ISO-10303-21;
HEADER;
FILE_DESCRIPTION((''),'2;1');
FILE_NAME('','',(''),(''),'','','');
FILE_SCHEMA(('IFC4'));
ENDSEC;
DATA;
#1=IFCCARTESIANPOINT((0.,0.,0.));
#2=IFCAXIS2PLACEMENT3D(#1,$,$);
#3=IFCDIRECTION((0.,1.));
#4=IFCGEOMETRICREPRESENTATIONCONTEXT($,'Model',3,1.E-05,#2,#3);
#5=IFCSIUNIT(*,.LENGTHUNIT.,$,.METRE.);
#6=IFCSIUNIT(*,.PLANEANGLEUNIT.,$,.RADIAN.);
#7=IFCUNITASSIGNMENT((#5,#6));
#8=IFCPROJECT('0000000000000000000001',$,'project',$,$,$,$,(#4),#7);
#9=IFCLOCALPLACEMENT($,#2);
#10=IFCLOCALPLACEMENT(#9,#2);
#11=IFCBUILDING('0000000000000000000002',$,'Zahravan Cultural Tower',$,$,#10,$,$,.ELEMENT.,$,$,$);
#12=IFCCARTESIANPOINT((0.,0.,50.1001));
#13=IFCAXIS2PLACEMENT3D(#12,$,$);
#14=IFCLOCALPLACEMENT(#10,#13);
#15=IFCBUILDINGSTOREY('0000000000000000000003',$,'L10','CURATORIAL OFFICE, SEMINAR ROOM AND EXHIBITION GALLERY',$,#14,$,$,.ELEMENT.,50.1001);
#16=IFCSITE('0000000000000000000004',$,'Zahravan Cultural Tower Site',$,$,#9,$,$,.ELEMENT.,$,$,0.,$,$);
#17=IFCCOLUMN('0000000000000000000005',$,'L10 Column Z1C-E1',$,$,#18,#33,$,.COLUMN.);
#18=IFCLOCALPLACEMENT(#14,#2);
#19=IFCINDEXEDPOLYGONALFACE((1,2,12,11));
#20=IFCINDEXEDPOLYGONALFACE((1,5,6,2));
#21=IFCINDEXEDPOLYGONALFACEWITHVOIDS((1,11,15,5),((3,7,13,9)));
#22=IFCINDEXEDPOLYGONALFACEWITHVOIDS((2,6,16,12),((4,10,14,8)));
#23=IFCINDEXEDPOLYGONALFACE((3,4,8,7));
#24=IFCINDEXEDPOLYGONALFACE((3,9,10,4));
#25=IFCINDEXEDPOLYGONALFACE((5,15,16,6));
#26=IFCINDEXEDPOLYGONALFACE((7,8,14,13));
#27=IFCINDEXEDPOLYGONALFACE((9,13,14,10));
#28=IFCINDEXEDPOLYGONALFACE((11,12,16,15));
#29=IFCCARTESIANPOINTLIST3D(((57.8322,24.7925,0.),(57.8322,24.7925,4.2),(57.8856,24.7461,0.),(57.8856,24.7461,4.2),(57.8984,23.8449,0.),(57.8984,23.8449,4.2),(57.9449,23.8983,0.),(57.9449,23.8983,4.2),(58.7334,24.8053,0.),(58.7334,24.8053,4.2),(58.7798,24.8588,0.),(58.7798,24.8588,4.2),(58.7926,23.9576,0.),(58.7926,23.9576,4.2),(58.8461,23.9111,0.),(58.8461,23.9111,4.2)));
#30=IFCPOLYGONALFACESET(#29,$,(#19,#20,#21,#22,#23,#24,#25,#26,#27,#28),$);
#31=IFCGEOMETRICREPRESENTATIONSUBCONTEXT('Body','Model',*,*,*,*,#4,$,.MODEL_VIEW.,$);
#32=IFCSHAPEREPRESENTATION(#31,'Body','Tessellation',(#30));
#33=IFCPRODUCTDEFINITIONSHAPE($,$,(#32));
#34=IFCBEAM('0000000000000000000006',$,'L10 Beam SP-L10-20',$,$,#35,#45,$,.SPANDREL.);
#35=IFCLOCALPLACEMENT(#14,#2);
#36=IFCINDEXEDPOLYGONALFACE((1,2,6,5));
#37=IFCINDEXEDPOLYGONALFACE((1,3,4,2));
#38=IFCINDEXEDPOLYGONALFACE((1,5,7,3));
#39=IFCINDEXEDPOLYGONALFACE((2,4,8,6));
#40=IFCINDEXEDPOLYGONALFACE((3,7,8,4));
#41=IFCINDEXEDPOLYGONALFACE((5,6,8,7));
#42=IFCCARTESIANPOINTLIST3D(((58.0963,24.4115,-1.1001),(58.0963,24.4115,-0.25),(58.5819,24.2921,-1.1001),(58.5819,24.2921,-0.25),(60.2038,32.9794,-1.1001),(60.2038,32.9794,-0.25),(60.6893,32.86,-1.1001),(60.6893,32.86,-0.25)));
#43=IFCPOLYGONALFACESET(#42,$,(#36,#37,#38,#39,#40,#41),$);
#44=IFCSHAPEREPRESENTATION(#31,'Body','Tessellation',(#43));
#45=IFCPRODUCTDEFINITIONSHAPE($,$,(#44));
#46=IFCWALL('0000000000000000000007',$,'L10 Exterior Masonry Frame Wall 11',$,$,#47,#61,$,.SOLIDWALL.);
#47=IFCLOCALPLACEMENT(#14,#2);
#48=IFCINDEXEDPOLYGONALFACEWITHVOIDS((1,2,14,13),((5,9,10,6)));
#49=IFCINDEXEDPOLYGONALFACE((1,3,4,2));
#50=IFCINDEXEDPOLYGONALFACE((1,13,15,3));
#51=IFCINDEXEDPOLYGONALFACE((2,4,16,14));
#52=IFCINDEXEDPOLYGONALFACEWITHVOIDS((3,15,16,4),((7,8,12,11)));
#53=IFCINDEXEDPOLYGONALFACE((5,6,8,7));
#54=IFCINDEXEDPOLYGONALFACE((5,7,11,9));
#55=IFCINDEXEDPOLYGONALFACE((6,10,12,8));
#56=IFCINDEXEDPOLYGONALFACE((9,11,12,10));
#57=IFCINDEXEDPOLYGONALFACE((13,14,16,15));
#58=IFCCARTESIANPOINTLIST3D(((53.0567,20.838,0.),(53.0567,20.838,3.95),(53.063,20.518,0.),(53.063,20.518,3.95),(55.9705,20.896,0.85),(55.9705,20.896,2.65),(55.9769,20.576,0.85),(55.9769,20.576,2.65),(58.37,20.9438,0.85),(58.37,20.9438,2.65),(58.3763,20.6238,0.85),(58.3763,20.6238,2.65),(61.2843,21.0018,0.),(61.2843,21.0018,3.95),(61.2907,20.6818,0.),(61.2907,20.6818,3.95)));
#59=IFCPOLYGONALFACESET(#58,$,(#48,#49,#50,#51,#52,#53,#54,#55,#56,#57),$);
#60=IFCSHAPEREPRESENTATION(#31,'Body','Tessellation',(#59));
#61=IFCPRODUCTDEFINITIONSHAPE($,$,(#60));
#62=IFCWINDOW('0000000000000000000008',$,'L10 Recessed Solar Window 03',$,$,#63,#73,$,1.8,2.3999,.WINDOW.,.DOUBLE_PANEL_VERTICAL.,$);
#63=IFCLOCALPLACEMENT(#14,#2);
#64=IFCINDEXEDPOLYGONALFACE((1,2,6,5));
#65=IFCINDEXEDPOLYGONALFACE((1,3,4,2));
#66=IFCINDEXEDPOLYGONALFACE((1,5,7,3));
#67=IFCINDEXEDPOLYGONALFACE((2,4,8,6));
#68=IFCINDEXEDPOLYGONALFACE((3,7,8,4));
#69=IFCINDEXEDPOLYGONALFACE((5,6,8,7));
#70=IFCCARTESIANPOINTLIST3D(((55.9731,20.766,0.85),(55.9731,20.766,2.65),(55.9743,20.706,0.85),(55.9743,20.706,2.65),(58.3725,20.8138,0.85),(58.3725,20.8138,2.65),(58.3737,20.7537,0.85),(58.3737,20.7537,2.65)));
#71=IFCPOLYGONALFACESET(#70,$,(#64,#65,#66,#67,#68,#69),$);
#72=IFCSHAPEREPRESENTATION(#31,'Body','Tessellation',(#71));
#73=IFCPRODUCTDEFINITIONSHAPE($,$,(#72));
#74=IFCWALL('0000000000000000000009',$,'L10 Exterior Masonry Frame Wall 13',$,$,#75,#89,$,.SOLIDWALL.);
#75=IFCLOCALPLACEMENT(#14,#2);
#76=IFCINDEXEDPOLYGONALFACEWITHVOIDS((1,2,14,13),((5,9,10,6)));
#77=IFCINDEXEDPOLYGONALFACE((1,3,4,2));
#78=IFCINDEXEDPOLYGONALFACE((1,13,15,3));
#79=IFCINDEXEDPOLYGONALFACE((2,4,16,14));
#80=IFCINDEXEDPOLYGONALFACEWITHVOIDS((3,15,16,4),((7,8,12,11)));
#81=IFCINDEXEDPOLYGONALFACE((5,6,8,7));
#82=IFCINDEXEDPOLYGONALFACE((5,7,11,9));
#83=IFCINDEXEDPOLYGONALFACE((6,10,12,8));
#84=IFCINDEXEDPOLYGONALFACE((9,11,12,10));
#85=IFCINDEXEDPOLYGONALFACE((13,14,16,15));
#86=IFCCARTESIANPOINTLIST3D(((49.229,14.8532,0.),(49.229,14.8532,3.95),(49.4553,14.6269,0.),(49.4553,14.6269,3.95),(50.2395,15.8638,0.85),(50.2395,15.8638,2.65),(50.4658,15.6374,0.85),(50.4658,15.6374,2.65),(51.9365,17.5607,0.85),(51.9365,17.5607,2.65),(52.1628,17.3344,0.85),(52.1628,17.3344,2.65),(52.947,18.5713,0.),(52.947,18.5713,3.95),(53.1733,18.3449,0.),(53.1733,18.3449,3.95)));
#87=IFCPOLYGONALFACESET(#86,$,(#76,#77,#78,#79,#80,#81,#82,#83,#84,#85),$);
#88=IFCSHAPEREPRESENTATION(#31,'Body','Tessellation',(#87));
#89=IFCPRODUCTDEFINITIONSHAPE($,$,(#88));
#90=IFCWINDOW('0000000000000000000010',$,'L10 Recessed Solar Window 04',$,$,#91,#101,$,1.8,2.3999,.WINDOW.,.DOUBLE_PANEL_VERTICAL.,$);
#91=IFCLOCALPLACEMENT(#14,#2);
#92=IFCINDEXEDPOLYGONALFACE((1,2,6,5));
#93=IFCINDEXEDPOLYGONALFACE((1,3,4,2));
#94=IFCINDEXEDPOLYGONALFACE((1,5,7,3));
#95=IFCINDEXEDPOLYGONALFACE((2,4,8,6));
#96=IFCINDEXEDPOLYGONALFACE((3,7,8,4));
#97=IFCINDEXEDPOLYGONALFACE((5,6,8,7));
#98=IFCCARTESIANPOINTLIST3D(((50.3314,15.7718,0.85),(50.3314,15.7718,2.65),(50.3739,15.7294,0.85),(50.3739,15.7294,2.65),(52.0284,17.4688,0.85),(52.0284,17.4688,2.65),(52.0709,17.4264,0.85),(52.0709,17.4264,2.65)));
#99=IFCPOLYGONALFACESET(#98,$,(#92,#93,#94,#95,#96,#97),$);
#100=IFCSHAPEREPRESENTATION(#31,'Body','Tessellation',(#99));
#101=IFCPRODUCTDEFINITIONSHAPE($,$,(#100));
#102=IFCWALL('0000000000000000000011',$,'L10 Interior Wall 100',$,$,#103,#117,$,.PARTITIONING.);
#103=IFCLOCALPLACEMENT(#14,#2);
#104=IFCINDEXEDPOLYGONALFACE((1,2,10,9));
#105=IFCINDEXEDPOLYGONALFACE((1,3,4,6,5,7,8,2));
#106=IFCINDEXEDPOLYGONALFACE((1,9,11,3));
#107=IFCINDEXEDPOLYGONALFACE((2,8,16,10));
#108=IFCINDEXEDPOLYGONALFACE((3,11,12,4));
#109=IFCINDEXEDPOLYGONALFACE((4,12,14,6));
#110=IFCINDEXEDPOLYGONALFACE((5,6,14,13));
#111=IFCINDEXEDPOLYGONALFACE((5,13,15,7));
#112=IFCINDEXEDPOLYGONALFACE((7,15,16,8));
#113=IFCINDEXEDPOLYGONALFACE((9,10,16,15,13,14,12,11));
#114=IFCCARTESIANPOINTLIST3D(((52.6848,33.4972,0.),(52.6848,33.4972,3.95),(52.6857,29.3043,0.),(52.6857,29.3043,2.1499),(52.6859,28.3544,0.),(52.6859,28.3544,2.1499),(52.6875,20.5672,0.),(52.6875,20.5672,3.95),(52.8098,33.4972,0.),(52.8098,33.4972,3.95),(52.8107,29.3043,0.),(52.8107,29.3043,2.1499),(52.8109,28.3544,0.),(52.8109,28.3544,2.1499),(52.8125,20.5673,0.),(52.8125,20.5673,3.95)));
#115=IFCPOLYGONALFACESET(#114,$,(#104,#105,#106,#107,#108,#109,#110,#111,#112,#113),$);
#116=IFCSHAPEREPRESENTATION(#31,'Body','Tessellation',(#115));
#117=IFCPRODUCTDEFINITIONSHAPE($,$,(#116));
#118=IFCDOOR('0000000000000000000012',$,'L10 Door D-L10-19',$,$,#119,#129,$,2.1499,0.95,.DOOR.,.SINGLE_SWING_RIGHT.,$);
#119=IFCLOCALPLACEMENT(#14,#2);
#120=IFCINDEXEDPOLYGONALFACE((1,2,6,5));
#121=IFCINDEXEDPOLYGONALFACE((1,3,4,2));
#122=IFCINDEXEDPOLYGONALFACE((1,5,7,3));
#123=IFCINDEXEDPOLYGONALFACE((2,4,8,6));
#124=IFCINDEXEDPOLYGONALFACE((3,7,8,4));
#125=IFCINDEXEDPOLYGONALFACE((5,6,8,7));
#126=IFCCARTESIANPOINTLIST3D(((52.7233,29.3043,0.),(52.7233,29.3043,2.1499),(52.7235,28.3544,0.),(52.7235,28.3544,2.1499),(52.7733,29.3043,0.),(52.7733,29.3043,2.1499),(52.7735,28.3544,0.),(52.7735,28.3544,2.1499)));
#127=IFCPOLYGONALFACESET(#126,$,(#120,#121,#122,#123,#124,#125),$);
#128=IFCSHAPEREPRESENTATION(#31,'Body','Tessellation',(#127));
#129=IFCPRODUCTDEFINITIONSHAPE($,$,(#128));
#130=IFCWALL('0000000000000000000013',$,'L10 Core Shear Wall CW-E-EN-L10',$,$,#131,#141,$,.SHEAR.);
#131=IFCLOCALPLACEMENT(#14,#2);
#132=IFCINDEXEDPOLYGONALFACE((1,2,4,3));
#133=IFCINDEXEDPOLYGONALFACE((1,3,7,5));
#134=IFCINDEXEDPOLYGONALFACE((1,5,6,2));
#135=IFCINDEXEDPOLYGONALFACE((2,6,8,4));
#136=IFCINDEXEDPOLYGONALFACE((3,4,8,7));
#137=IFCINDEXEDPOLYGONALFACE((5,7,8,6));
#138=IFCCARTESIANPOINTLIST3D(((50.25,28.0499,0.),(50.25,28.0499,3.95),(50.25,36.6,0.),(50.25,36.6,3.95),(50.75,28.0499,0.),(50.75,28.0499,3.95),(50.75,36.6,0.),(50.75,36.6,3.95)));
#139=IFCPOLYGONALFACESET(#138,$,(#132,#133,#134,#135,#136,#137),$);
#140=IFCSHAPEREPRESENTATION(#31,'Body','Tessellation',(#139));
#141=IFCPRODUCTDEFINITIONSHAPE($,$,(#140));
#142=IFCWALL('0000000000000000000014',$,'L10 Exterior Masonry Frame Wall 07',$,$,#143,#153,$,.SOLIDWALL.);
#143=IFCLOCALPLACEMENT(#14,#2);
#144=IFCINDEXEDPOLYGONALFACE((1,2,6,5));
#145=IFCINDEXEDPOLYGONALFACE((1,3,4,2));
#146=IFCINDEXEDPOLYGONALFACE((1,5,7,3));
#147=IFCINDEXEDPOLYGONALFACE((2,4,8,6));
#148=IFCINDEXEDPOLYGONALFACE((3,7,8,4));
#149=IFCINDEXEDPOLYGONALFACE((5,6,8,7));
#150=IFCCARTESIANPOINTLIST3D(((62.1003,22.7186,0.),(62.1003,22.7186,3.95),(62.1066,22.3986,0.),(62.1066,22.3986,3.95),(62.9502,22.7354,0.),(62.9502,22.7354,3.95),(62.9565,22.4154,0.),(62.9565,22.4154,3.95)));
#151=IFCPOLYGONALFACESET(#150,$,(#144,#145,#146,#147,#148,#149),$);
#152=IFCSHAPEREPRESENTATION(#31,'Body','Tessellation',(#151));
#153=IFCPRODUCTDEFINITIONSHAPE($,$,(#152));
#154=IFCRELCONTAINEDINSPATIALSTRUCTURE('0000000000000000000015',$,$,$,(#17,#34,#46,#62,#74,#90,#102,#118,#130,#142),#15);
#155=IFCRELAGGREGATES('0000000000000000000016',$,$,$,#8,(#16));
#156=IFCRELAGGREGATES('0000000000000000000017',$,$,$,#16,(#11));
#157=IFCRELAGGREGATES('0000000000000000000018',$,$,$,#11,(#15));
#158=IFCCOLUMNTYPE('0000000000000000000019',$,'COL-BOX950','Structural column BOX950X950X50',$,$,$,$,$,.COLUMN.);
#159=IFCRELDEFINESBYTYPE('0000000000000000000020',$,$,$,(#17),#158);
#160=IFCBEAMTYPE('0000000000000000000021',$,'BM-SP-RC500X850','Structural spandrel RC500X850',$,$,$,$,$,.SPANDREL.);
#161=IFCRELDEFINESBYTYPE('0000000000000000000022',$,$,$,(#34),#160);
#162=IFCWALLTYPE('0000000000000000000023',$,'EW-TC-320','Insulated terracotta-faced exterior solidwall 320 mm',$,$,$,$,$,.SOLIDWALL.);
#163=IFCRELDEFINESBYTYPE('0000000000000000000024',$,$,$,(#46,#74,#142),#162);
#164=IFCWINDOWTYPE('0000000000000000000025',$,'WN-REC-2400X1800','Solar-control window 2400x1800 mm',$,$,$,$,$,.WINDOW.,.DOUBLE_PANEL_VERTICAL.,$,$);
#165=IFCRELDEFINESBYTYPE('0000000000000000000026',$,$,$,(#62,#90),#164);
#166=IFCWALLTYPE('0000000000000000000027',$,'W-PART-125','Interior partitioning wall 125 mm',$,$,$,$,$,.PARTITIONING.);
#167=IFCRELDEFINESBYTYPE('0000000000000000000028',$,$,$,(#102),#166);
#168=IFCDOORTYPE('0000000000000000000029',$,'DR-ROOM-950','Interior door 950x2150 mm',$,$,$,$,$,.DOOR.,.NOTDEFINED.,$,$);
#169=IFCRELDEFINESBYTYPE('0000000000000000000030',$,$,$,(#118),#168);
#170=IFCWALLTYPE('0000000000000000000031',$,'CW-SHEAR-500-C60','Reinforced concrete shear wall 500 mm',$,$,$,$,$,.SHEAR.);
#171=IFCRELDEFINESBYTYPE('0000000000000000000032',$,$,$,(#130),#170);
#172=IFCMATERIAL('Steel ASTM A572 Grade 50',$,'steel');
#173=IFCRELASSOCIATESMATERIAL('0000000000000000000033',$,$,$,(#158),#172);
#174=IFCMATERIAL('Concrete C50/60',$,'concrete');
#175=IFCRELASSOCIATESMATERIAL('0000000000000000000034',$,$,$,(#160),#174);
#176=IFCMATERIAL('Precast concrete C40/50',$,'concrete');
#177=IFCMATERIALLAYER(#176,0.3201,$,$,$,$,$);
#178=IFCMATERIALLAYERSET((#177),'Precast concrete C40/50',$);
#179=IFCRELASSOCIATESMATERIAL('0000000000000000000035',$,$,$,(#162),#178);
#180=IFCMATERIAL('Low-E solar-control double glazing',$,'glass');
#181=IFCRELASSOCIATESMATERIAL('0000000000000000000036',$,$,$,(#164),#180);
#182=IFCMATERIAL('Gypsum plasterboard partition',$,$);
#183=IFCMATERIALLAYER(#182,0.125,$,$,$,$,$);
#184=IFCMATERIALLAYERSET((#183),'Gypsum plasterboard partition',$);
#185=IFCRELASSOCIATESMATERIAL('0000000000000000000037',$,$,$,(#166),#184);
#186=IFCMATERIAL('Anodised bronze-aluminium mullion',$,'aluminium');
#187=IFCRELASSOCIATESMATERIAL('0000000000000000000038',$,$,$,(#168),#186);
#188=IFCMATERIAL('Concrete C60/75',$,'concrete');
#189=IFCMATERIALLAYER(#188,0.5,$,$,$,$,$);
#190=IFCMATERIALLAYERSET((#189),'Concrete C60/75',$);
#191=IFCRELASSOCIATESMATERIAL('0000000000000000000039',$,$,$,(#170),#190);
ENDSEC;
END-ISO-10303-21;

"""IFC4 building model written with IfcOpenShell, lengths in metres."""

from ifc_helpers import new_model, si_unit, direction, frame, frame_2d, origin, origin_2d, place, context, subcontext, project, spatial, rectangle, hollow_rectangle, extrude, source, transform, mapped, material, layer, layer_set, material_profile, profile_set, type_object, element, fill, save


model = new_model("IFC4")

# Units and contexts
model_context = context("Model", 3, precision=1e-05, world=origin(), true_north=direction((0.0, 1.0)))
body_context = subcontext(model_context, "Body", "Model", "MODEL_VIEW")
ifc_project = project(units=[si_unit("LENGTHUNIT", "METRE"), si_unit("PLANEANGLEUNIT", "RADIAN")], contexts=[model_context])

# Site, building, storey
site_placement = place(None, origin())
site = spatial("IfcSite", under=ifc_project, at=site_placement, Name="Zahravan Cultural Tower Site", CompositionType="ELEMENT", RefElevation=0.0)
building_placement = place(site_placement, origin())
building = spatial("IfcBuilding", under=site, at=building_placement, Name="Zahravan Cultural Tower", CompositionType="ELEMENT")
storey_placement = place(building_placement, frame((0.0, 0.0, 50.1001)))
storey = spatial("IfcBuildingStorey", under=building, at=storey_placement, Name="L10", Description="CURATORIAL OFFICE, SEMINAR ROOM AND EXHIBITION GALLERY", CompositionType="ELEMENT", Elevation=50.1001)

# Column
ifc_material_1 = material(Name="Steel ASTM A572 Grade 50", Category="steel")
ifc_material_profile_1 = material_profile(ifc_material_1, hollow_rectangle(XDim=0.95, YDim=0.95, WallThickness=0.05, at=origin_2d()), Name="BOX950X950X50")
ifc_profile_set_1 = profile_set([ifc_material_profile_1], Name="Steel ASTM A572 Grade 50")
column_type = type_object("IfcColumnType", Name="COL-BOX950", Description="Structural column BOX950X950X50", PredefinedType="COLUMN", material=ifc_profile_set_1)
shared_shape_1 = source(origin(), body_context, "Body", "SweptSolid", [
    extrude(hollow_rectangle(XDim=0.95, YDim=0.95, WallThickness=0.05, at=origin_2d()), origin(), (0.0, 0.0, 1.0), 4.2),
])
column_placement = place(storey_placement, frame((58.3391, 24.3518, 0.0), z_axis=(0.0, 0.0, 1.0), x_axis=(0.997564, 0.069756, 0.0)))
element("IfcColumn", 1, at=column_placement, inside=storey, type_object=column_type, Name="L10 Column Z1C-E1", PredefinedType="COLUMN", context=body_context, shape_type="MappedRepresentation", body=[
    mapped(shared_shape_1, transform((0.0, 0.0, 0.0), x_axis=(1.0, 0.0, 0.0), y_axis=(0.0, 1.0, 0.0), z_axis=(0.0, 0.0, 1.0), scale=1.0)),
])

# Beam
ifc_material_2 = material(Name="Concrete C50/60", Category="concrete")
ifc_material_profile_2 = material_profile(ifc_material_2, rectangle(XDim=0.5, YDim=0.8501, at=origin_2d()), Name="RC500X850")
ifc_profile_set_2 = profile_set([ifc_material_profile_2], Name="Concrete C50/60")
beam_type = type_object("IfcBeamType", Name="BM-SP-RC500X850", Description="Structural spandrel RC500X850", PredefinedType="SPANDREL", material=ifc_profile_set_2)
shared_shape_2 = source(origin(), body_context, "Body", "SweptSolid", [
    extrude(rectangle(XDim=0.5, YDim=0.8501, at=origin_2d()), origin(), (0.0, 0.0, 1.0), 8.8232),
])
beam_placement = place(storey_placement, frame((58.3391, 24.3518, -0.675), z_axis=(0.238849, 0.971057, 0.0), x_axis=(-0.971057, 0.238849, 0.0)))
element("IfcBeam", 2, at=beam_placement, inside=storey, type_object=beam_type, Name="L10 Beam SP-L10-20", PredefinedType="SPANDREL", context=body_context, shape_type="MappedRepresentation", body=[
    mapped(shared_shape_2, transform((0.0, 0.0, 0.0), x_axis=(1.0, 0.0, 0.0), y_axis=(0.0, 1.0, 0.0), z_axis=(0.0, 0.0, 1.0), scale=1.0)),
])

# Walls, openings, windows
ifc_material_3 = material(Name="Precast concrete C40/50", Category="concrete")
ifc_layer_1 = layer(ifc_material_3, 0.3201)
ifc_layer_set_1 = layer_set([ifc_layer_1], Name="Precast concrete C40/50")
wall_type_1 = type_object("IfcWallType", Name="EW-TC-320", Description="Insulated terracotta-faced exterior solidwall 320 mm", PredefinedType="SOLIDWALL", material=ifc_layer_set_1)
wall_1_placement = place(storey_placement, frame((61.2876, 20.8418, 0.0), z_axis=(0.0, 0.0, 1.0), x_axis=(-0.999802, -0.019907, 0.0)))
wall_1 = element("IfcWall", 3, at=wall_1_placement, inside=storey, type_object=wall_type_1, Name="L10 Exterior Masonry Frame Wall 11", PredefinedType="SOLIDWALL", context=body_context, shape_type="SweptSolid", body=[
    extrude(rectangle(XDim=8.2292, YDim=0.3201, at=frame_2d((4.1147, 0.0))), origin(), (0.0, 0.0, 1.0), 3.95),
])
opening_1_placement = place(wall_1_placement, frame((2.915, 0.0, 0.8501)))
opening_1 = element("IfcOpeningElement", 4, at=opening_1_placement, cuts=wall_1, PredefinedType="OPENING", context=body_context, shape_type="SweptSolid", body=[
    extrude(rectangle(XDim=2.3999, YDim=1.8, at=frame_2d((1.2, 0.8999))), frame((0.0, 0.1699, 0.0), z_axis=(0.0, -1.0, 0.0), x_axis=(1.0, 0.0, 0.0)), (0.0, 0.0, 1.0), 0.3401),
])
ifc_material_4 = material(Name="Low-E solar-control double glazing", Category="glass")
window_type = type_object("IfcWindowType", Name="WN-REC-2400X1800", Description="Solar-control window 2400x1800 mm", PartitioningType="DOUBLE_PANEL_VERTICAL", PredefinedType="WINDOW", material=ifc_material_4)
shared_shape_3 = source(origin(), body_context, "Body", "SweptSolid", [
    extrude(rectangle(XDim=2.3999, YDim=1.8, at=frame_2d((1.2, 0.8999))), frame((0.0, 0.03, 0.0), z_axis=(0.0, -1.0, 0.0), x_axis=(1.0, 0.0, 0.0)), (0.0, 0.0, 1.0), 0.0601),
])
window_1_placement = place(opening_1_placement, origin())
window_1 = element("IfcWindow", 5, at=window_1_placement, inside=storey, type_object=window_type, Name="L10 Recessed Solar Window 03", OverallHeight=1.8, OverallWidth=2.3999, PartitioningType="DOUBLE_PANEL_VERTICAL", PredefinedType="WINDOW", context=body_context, shape_type="MappedRepresentation", body=[
    mapped(shared_shape_3, transform((0.0, 0.0, 0.0), x_axis=(1.0, 0.0, 0.0), y_axis=(0.0, 1.0, 0.0), z_axis=(0.0, 0.0, 1.0), scale=1.0)),
])
fill(opening_1, window_1)
wall_2_placement = place(storey_placement, frame((53.0601, 18.458, 0.0), z_axis=(0.0, 0.0, 1.0), x_axis=(-0.707107, -0.707107, 0.0)))
wall_2 = element("IfcWall", 6, at=wall_2_placement, inside=storey, type_object=wall_type_1, Name="L10 Exterior Masonry Frame Wall 13", PredefinedType="SOLIDWALL", context=body_context, shape_type="SweptSolid", body=[
    extrude(rectangle(XDim=5.2581, YDim=0.3201, at=frame_2d((2.6289, 0.0))), origin(), (0.0, 0.0, 1.0), 3.95),
])
opening_2_placement = place(wall_2_placement, frame((1.429, 0.0, 0.8501)))
opening_2 = element("IfcOpeningElement", 7, at=opening_2_placement, cuts=wall_2, PredefinedType="OPENING", context=body_context, shape_type="SweptSolid", body=[
    extrude(rectangle(XDim=2.3999, YDim=1.8, at=frame_2d((1.2, 0.8999))), frame((0.0, 0.1699, 0.0), z_axis=(0.0, -1.0, 0.0), x_axis=(1.0, 0.0, 0.0)), (0.0, 0.0, 1.0), 0.3401),
])
window_2_placement = place(opening_2_placement, origin())
window_2 = element("IfcWindow", 8, at=window_2_placement, inside=storey, type_object=window_type, Name="L10 Recessed Solar Window 04", OverallHeight=1.8, OverallWidth=2.3999, PartitioningType="DOUBLE_PANEL_VERTICAL", PredefinedType="WINDOW", context=body_context, shape_type="MappedRepresentation", body=[
    mapped(shared_shape_3, transform((0.0, 0.0, 0.0), x_axis=(1.0, 0.0, 0.0), y_axis=(0.0, 1.0, 0.0), z_axis=(0.0, 0.0, 1.0), scale=1.0)),
])
fill(opening_2, window_2)

# Wall, opening, door
ifc_material_5 = material(Name="Gypsum plasterboard partition")
ifc_layer_2 = layer(ifc_material_5, 0.125)
ifc_layer_set_2 = layer_set([ifc_layer_2], Name="Gypsum plasterboard partition")
wall_type_2 = type_object("IfcWallType", Name="W-PART-125", Description="Interior partitioning wall 125 mm", PredefinedType="PARTITIONING", material=ifc_layer_set_2)
wall_3_placement = place(storey_placement, frame((52.75, 20.5674, 0.0), z_axis=(0.0, 0.0, 1.0), x_axis=(-0.000208, 1.0, 0.0)))
wall_3 = element("IfcWall", 9, at=wall_3_placement, inside=storey, type_object=wall_type_2, Name="L10 Interior Wall 100", PredefinedType="PARTITIONING", context=body_context, shape_type="SweptSolid", body=[
    extrude(rectangle(XDim=12.9299, YDim=0.125, at=frame_2d((6.4648, 0.0))), origin(), (0.0, 0.0, 1.0), 3.95),
])
opening_3_placement = place(wall_3_placement, frame((7.7869, 0.0, 0.0)))
opening_3 = element("IfcOpeningElement", 10, at=opening_3_placement, cuts=wall_3, PredefinedType="OPENING", context=body_context, shape_type="SweptSolid", body=[
    extrude(rectangle(XDim=0.95, YDim=2.1499, at=frame_2d((0.4751, 1.075))), frame((0.0, 0.0725, 0.0), z_axis=(0.0, -1.0, 0.0), x_axis=(1.0, 0.0, 0.0)), (0.0, 0.0, 1.0), 0.145),
])
ifc_material_6 = material(Name="Anodised bronze-aluminium mullion", Category="aluminium")
door_type = type_object("IfcDoorType", Name="DR-ROOM-950", Description="Interior door 950x2150 mm", OperationType="NOTDEFINED", PredefinedType="DOOR", material=ifc_material_6)
shared_shape_4 = source(origin(), body_context, "Body", "SweptSolid", [
    extrude(rectangle(XDim=0.95, YDim=2.1499, at=frame_2d((0.4751, 1.075))), frame((0.0, 0.0249, 0.0), z_axis=(0.0, -1.0, 0.0), x_axis=(1.0, 0.0, 0.0)), (0.0, 0.0, 1.0), 0.05),
])
door_placement = place(opening_3_placement, origin())
door = element("IfcDoor", 11, at=door_placement, inside=storey, type_object=door_type, Name="L10 Door D-L10-19", OperationType="SINGLE_SWING_RIGHT", OverallHeight=2.1499, OverallWidth=0.95, PredefinedType="DOOR", context=body_context, shape_type="MappedRepresentation", body=[
    mapped(shared_shape_4, transform((0.0, 0.0, 0.0), x_axis=(1.0, 0.0, 0.0), y_axis=(0.0, 1.0, 0.0), z_axis=(0.0, 0.0, 1.0), scale=1.0)),
])
fill(opening_3, door)

# Walls
ifc_material_7 = material(Name="Concrete C60/75", Category="concrete")
ifc_layer_3 = layer(ifc_material_7, 0.5)
ifc_layer_set_3 = layer_set([ifc_layer_3], Name="Concrete C60/75")
wall_type_3 = type_object("IfcWallType", Name="CW-SHEAR-500-C60", Description="Reinforced concrete shear wall 500 mm", PredefinedType="SHEAR", material=ifc_layer_set_3)
shared_shape_5 = source(origin(), body_context, "Body", "SweptSolid", [
    extrude(rectangle(XDim=8.55, YDim=0.5, at=frame_2d((4.2749, 0.0))), origin(), (0.0, 0.0, 1.0), 3.95),
])
wall_4_placement = place(storey_placement, frame((50.5, 28.05, 0.0), z_axis=(0.0, 0.0, 1.0), x_axis=(0.0, 1.0, 0.0)))
element("IfcWall", 12, at=wall_4_placement, inside=storey, type_object=wall_type_3, Name="L10 Core Shear Wall CW-E-EN-L10", PredefinedType="SHEAR", context=body_context, shape_type="MappedRepresentation", body=[
    mapped(shared_shape_5, transform((0.0, 0.0, 0.0), x_axis=(1.0, 0.0, 0.0), y_axis=(0.0, 1.0, 0.0), z_axis=(0.0, 0.0, 1.0), scale=1.0)),
])
shared_shape_6 = source(origin(), body_context, "Body", "SweptSolid", [
    extrude(rectangle(XDim=0.8501, YDim=0.3201, at=frame_2d((0.425, 0.0))), origin(), (0.0, 0.0, 1.0), 3.95),
])
for number, where, z_axis, x_axis, name in (
    (13, (62.9534, 22.5754, 0.0), (0.0, 0.0, 1.0), (-0.999804, -0.019818, 0.0), "L10 Exterior Masonry Frame Wall 07"),
):
    element("IfcWall", number, at=place(storey_placement, frame(where, z_axis=z_axis, x_axis=x_axis)), inside=storey, type_object=wall_type_1, Name=name, PredefinedType="SOLIDWALL", context=body_context, shape_type="MappedRepresentation", body=[
        mapped(shared_shape_6, transform((0.0, 0.0, 0.0), x_axis=(1.0, 0.0, 0.0), y_axis=(0.0, 1.0, 0.0), z_axis=(0.0, 0.0, 1.0), scale=1.0)),
    ])

save(model, "model.ifc")
